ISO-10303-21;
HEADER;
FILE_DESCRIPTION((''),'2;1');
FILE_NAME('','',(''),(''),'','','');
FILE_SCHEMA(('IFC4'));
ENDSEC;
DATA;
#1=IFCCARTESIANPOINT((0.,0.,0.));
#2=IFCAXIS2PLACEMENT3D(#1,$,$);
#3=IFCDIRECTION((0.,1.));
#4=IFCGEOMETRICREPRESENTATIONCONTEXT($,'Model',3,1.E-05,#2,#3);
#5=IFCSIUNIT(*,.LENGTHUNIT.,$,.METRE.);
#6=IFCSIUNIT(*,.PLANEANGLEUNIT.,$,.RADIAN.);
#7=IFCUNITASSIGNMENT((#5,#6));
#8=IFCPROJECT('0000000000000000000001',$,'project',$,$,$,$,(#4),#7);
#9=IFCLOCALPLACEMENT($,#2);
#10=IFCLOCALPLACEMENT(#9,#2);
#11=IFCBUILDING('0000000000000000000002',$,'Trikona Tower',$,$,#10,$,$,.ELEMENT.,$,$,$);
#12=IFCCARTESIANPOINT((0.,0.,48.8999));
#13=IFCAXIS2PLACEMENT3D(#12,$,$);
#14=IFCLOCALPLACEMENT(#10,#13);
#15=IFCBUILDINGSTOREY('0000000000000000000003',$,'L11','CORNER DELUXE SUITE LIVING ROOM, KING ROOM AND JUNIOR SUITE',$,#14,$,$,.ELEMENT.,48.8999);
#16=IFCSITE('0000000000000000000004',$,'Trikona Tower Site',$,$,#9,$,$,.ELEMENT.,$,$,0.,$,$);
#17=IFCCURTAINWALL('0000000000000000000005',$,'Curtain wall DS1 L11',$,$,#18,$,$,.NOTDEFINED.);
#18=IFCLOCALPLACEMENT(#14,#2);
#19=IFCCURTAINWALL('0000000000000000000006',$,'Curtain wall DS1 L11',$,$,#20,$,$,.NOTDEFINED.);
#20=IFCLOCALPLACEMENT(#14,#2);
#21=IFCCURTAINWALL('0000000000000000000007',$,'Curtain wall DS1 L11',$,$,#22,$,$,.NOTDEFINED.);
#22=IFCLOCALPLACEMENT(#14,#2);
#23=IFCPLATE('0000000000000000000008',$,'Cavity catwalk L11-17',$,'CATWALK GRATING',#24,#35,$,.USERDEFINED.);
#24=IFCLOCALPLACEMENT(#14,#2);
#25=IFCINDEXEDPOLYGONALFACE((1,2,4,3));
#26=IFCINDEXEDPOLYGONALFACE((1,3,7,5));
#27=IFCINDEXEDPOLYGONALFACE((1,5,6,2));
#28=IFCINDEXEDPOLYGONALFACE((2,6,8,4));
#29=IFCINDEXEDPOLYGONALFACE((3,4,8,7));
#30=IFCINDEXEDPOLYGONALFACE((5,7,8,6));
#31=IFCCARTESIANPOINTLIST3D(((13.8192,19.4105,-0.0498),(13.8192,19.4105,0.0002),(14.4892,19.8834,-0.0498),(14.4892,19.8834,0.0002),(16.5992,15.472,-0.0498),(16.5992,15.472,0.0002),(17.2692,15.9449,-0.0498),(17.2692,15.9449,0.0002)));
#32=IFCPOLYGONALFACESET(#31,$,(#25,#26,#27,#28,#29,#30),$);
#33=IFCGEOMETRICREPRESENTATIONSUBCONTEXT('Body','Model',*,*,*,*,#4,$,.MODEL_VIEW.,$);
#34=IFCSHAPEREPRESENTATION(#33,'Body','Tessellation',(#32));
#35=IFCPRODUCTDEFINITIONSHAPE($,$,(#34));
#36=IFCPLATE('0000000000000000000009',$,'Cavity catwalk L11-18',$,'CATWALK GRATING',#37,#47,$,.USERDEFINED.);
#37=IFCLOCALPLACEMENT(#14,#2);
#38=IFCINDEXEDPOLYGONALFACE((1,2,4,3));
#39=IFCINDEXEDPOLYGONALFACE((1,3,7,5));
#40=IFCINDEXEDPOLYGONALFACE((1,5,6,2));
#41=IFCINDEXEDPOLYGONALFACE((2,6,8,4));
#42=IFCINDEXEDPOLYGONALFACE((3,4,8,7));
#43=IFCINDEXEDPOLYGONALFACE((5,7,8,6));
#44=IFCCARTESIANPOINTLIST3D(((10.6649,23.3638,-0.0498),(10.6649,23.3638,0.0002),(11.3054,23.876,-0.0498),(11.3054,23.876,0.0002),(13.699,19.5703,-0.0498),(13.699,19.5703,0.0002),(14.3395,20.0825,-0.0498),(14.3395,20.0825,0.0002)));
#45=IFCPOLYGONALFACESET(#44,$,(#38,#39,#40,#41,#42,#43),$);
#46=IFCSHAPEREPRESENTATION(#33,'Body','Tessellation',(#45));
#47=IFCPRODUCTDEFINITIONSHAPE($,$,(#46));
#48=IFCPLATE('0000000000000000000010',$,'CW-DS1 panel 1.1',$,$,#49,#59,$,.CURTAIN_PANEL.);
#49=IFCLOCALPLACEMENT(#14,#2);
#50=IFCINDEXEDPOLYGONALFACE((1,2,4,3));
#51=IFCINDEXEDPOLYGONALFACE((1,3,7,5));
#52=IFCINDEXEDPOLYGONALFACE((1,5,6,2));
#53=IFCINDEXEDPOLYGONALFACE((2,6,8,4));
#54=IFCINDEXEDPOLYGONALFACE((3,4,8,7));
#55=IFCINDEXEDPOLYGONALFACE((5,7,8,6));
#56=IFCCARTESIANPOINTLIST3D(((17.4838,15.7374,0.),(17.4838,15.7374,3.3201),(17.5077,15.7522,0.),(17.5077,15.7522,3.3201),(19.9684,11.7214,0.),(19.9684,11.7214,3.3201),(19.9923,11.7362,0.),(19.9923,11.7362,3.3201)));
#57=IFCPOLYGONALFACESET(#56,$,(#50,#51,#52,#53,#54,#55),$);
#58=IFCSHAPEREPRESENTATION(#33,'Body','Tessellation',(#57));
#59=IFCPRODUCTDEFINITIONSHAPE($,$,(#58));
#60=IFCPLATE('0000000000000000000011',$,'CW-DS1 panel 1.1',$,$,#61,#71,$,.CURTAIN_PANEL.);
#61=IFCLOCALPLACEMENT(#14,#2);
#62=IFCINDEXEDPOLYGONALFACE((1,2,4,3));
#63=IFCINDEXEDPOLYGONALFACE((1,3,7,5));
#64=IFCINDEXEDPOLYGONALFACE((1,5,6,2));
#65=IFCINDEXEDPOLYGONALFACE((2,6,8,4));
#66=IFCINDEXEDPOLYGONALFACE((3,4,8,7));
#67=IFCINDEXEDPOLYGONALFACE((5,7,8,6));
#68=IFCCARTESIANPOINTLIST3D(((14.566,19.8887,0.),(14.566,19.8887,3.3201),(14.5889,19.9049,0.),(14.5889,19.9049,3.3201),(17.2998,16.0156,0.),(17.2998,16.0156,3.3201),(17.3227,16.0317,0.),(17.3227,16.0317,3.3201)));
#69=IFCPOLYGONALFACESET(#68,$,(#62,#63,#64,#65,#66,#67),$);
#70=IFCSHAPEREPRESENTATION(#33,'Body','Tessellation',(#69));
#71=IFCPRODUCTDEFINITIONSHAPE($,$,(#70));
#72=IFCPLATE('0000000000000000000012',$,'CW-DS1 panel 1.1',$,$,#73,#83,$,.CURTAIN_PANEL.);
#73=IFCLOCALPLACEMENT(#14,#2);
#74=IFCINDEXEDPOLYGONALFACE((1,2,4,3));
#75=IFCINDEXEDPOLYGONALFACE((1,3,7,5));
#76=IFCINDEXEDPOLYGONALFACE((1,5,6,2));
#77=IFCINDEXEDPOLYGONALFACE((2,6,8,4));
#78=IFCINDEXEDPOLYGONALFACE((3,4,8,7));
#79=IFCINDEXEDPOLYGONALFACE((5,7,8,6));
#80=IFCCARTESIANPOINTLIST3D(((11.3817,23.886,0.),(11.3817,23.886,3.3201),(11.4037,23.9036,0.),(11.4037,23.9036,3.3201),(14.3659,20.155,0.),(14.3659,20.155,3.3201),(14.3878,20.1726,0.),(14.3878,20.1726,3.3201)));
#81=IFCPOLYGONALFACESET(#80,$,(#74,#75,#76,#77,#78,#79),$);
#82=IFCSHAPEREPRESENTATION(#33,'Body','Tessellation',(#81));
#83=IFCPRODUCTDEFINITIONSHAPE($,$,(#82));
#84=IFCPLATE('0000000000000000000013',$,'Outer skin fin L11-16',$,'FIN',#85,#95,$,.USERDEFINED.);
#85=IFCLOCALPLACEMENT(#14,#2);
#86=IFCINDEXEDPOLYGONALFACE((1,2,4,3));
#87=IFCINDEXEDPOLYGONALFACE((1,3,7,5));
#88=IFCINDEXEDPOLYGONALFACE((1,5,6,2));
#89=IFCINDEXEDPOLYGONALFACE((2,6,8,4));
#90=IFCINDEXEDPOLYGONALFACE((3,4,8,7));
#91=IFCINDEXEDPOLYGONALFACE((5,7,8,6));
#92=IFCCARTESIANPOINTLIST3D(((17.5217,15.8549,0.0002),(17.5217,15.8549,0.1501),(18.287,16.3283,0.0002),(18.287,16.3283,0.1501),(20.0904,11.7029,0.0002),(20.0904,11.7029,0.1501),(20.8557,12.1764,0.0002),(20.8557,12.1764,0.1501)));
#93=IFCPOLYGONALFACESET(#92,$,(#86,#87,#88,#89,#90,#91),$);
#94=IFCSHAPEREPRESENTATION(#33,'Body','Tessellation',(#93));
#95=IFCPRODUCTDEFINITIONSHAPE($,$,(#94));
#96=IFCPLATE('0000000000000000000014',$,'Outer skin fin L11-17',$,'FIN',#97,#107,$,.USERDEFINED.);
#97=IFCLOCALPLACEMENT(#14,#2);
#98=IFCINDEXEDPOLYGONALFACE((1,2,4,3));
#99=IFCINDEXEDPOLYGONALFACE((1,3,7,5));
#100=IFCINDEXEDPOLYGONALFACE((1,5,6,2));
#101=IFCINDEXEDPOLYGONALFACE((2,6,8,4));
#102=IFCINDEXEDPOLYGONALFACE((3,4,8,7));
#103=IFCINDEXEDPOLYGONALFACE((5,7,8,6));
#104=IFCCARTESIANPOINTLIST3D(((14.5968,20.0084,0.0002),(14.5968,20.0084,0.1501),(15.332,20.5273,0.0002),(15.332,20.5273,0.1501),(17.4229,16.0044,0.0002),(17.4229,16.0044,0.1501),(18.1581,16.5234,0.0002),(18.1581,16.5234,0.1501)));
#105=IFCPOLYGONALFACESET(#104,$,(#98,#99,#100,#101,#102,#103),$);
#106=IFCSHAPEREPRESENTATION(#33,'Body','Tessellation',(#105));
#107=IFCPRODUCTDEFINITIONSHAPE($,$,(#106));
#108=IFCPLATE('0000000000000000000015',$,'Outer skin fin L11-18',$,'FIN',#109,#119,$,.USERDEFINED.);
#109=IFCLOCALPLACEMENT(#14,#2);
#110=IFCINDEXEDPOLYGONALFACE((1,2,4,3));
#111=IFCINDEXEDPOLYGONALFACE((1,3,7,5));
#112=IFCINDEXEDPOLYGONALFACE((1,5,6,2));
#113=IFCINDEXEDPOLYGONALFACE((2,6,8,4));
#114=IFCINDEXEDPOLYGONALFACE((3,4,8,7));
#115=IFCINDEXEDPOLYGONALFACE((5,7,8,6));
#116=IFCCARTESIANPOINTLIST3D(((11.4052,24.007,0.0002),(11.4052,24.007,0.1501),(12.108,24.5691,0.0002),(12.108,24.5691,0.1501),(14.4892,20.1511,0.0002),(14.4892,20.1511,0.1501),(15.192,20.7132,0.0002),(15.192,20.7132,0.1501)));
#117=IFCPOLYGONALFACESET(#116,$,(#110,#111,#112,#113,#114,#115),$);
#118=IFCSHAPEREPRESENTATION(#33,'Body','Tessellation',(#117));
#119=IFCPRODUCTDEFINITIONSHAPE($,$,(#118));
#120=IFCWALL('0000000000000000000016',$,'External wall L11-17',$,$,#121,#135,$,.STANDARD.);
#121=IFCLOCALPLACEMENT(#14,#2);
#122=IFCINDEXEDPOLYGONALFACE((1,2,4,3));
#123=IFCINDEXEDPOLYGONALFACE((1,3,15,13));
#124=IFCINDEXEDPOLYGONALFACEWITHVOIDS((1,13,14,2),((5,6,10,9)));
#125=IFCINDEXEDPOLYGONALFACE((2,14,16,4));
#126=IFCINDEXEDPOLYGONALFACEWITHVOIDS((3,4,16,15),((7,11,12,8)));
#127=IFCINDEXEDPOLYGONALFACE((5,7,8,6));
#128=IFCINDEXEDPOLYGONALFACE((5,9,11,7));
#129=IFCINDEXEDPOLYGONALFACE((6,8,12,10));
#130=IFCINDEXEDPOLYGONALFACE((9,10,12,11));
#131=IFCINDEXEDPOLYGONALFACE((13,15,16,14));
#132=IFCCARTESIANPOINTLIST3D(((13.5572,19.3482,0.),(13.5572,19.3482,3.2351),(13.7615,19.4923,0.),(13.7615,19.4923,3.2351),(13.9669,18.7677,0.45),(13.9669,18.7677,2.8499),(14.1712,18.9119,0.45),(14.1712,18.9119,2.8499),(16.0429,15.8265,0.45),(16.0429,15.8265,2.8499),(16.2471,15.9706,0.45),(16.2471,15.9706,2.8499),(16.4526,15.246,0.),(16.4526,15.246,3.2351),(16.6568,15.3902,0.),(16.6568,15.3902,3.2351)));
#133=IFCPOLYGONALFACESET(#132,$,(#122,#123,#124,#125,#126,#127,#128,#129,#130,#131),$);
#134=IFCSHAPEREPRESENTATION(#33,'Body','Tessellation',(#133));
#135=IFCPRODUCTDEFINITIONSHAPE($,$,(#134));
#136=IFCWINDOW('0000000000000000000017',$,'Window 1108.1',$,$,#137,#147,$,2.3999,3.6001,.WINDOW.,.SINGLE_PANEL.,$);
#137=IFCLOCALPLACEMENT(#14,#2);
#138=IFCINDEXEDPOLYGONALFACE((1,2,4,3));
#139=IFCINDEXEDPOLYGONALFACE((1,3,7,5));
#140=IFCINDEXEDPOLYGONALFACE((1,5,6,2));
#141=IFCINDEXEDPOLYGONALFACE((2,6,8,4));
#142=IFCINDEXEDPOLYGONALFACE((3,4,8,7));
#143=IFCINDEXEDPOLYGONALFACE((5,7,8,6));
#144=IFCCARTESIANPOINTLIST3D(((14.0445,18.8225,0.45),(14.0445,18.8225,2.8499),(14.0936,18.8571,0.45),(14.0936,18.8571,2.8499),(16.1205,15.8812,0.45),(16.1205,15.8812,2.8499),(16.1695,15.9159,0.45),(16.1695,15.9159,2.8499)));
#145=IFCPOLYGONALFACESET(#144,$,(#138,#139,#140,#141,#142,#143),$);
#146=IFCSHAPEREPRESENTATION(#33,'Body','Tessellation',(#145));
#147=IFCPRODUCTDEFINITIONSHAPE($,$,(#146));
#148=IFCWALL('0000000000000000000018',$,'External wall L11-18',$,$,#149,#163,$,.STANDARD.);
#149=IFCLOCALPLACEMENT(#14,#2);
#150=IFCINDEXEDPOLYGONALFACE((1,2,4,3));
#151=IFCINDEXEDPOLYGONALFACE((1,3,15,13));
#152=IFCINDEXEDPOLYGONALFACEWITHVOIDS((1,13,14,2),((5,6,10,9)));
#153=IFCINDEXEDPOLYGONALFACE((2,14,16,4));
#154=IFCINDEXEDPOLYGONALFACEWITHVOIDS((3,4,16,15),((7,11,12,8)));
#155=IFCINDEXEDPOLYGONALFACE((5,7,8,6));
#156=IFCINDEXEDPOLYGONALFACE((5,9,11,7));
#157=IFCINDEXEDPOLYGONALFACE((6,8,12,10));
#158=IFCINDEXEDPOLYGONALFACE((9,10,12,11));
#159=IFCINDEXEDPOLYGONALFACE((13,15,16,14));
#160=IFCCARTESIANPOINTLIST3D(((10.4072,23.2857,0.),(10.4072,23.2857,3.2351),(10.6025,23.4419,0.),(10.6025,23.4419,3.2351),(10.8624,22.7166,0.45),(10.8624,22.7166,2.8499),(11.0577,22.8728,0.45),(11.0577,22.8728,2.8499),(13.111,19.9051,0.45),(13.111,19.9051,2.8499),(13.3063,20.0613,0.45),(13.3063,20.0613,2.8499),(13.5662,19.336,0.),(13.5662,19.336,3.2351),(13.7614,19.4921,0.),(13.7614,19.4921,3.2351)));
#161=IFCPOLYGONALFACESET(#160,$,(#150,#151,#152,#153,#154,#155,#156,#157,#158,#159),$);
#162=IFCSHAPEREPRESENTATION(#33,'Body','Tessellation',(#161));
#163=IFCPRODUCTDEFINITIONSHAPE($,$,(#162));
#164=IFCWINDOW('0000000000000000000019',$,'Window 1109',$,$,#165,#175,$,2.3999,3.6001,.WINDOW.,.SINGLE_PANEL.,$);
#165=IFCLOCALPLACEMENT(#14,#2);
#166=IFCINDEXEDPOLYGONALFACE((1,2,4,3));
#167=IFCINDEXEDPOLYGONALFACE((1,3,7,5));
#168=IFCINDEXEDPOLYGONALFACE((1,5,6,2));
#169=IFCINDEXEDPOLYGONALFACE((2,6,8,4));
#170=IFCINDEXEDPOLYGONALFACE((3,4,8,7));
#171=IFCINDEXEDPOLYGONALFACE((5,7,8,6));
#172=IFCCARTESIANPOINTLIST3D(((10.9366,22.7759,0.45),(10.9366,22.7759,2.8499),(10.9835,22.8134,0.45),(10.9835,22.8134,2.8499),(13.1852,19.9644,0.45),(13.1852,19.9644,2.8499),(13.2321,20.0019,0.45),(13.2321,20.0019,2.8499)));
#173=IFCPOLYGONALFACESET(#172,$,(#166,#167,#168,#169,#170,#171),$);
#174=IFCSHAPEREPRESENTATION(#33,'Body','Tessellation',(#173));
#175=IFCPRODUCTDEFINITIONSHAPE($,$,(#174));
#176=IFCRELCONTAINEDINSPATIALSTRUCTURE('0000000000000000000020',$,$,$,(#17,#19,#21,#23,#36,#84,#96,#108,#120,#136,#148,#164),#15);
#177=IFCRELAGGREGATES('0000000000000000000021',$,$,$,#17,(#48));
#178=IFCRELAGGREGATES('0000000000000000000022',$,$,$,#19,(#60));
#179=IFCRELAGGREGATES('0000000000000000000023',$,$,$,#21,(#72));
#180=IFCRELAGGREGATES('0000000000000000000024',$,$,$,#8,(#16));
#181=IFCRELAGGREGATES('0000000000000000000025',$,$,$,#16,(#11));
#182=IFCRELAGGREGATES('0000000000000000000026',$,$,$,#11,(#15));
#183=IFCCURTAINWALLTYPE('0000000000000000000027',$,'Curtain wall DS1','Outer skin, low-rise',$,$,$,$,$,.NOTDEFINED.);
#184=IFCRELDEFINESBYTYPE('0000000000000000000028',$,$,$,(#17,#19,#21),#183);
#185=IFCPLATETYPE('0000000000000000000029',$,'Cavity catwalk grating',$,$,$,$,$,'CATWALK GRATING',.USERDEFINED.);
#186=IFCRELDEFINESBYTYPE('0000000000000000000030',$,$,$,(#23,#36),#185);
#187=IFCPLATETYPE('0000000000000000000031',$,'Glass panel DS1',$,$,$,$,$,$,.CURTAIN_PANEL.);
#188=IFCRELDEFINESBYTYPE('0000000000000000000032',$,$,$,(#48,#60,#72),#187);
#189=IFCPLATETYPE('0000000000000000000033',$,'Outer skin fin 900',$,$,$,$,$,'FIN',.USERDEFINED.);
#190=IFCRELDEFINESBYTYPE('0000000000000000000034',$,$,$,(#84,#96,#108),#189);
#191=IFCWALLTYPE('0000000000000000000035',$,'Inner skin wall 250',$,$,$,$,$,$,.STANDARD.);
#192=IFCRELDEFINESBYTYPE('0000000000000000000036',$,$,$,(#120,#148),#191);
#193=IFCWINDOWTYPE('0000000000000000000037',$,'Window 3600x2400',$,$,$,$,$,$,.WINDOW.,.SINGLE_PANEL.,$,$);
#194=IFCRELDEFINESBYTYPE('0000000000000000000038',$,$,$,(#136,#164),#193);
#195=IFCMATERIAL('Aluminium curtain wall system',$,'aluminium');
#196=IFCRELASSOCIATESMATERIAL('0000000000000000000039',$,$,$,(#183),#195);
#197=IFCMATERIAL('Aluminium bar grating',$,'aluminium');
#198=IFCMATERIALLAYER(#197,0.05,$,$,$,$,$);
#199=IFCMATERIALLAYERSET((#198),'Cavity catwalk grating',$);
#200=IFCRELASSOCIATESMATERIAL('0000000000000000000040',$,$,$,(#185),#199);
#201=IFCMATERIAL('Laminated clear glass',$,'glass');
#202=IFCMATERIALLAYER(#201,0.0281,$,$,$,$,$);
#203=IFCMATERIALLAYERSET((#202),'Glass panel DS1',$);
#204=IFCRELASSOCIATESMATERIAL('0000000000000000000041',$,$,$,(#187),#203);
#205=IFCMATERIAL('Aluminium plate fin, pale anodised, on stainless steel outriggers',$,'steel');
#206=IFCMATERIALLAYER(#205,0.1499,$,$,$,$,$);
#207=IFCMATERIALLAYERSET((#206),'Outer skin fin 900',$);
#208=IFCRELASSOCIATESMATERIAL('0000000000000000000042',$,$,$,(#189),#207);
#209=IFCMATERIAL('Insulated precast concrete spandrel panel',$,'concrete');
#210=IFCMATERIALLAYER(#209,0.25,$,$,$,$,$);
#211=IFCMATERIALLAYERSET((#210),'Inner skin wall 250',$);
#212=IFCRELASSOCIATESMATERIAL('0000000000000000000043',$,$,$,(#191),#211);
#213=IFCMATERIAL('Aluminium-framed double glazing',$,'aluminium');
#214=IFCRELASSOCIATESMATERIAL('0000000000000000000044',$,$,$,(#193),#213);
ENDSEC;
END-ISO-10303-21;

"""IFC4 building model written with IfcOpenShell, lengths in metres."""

from ifc_helpers import new_model, si_unit, direction, frame, frame_2d, origin, origin_2d, place, context, subcontext, project, spatial, rectangle, extrude, material, layer, layer_set, type_object, element, fill, aggregate, save


model = new_model("IFC4")

# Units and contexts
model_context = context("Model", 3, precision=1e-05, world=origin(), true_north=direction((0.0, 1.0)))
body_context = subcontext(model_context, "Body", "Model", "MODEL_VIEW")
ifc_project = project(units=[si_unit("LENGTHUNIT", "METRE"), si_unit("PLANEANGLEUNIT", "RADIAN")], contexts=[model_context])

# Site, building, storey
site_placement = place(None, origin())
site = spatial("IfcSite", under=ifc_project, at=site_placement, Name="Trikona Tower Site", CompositionType="ELEMENT", RefElevation=0.0)
building_placement = place(site_placement, origin())
building = spatial("IfcBuilding", under=site, at=building_placement, Name="Trikona Tower", CompositionType="ELEMENT")
storey_placement = place(building_placement, frame((0.0, 0.0, 48.8999)))
storey = spatial("IfcBuildingStorey", under=building, at=storey_placement, Name="L11", Description="CORNER DELUXE SUITE LIVING ROOM, KING ROOM AND JUNIOR SUITE", CompositionType="ELEMENT", Elevation=48.8999)

# Curtain wall
ifc_material_1 = material(Name="Aluminium curtain wall system", Category="aluminium")
curtain_wall_type = type_object("IfcCurtainWallType", Name="Curtain wall DS1", Description="Outer skin, low-rise", PredefinedType="NOTDEFINED", material=ifc_material_1)
curtain_wall_1_placement = place(storey_placement, origin())
curtain_wall_1 = element("IfcCurtainWall", 1, at=curtain_wall_1_placement, inside=storey, type_object=curtain_wall_type, Name="Curtain wall DS1 L11", PredefinedType="NOTDEFINED")

# Curtain walls
curtain_wall_2_placement = place(storey_placement, origin())
curtain_wall_2 = element("IfcCurtainWall", 2, at=curtain_wall_2_placement, inside=storey, type_object=curtain_wall_type, Name="Curtain wall DS1 L11", PredefinedType="NOTDEFINED")
curtain_wall_3_placement = place(storey_placement, origin())
curtain_wall_3 = element("IfcCurtainWall", 3, at=curtain_wall_3_placement, inside=storey, type_object=curtain_wall_type, Name="Curtain wall DS1 L11", PredefinedType="NOTDEFINED")

# Plates
ifc_material_2 = material(Name="Aluminium bar grating", Category="aluminium")
ifc_layer_1 = layer(ifc_material_2, 0.05)
ifc_layer_set_1 = layer_set([ifc_layer_1], Name="Cavity catwalk grating")
plate_type_1 = type_object("IfcPlateType", Name="Cavity catwalk grating", ElementType="CATWALK GRATING", PredefinedType="USERDEFINED", material=ifc_layer_set_1)
plate_1_placement = place(storey_placement, frame((15.5442, 17.6777, -0.0498), z_axis=(0.0, 0.0, 1.0), x_axis=(-0.576662, 0.816983, 0.0)))
element("IfcPlate", 4, at=plate_1_placement, inside=storey, type_object=plate_type_1, Name="Cavity catwalk L11-17", ObjectType="CATWALK GRATING", PredefinedType="USERDEFINED", context=body_context, shape_type="SweptSolid", body=[
    extrude(rectangle(XDim=4.8208, YDim=0.8201, at=origin_2d()), origin(), (0.0, 0.0, 1.0), 0.05),
])
plate_2_placement = place(storey_placement, frame((12.5022, 21.7231, -0.0498), z_axis=(0.0, 0.0, 1.0), x_axis=(-0.624604, 0.780942, 0.0)))
element("IfcPlate", 5, at=plate_2_placement, inside=storey, type_object=plate_type_1, Name="Cavity catwalk L11-18", ObjectType="CATWALK GRATING", PredefinedType="USERDEFINED", context=body_context, shape_type="SweptSolid", body=[
    extrude(rectangle(XDim=4.8577, YDim=0.8201, at=origin_2d()), origin(), (0.0, 0.0, 1.0), 0.05),
])

# Plates
ifc_material_3 = material(Name="Laminated clear glass", Category="glass")
ifc_layer_2 = layer(ifc_material_3, 0.0281)
ifc_layer_set_2 = layer_set([ifc_layer_2], Name="Glass panel DS1")
plate_type_2 = type_object("IfcPlateType", Name="Glass panel DS1", PredefinedType="CURTAIN_PANEL", material=ifc_layer_set_2)
plate_3_placement = place(storey_placement, frame((18.738, 13.7368, 0.0), z_axis=(0.0, 0.0, 1.0), x_axis=(-0.52612, 0.85041, 0.0)))
plate_3 = element("IfcPlate", 6, at=plate_3_placement, type_object=plate_type_2, Name="CW-DS1 panel 1.1", PredefinedType="CURTAIN_PANEL", context=body_context, shape_type="SweptSolid", body=[
    extrude(rectangle(XDim=4.7224, YDim=0.0281, at=origin_2d()), origin(), (0.0, 0.0, 1.0), 3.3201),
])
aggregate(curtain_wall_1, [plate_3])
plate_4_placement = place(storey_placement, frame((15.9443, 17.9602, 0.0), z_axis=(0.0, 0.0, 1.0), x_axis=(-0.576658, 0.816985, 0.0)))
plate_4 = element("IfcPlate", 7, at=plate_4_placement, type_object=plate_type_2, Name="CW-DS1 panel 1.1", PredefinedType="CURTAIN_PANEL", context=body_context, shape_type="SweptSolid", body=[
    extrude(rectangle(XDim=4.7407, YDim=0.0281, at=origin_2d()), origin(), (0.0, 0.0, 1.0), 3.3201),
])
aggregate(curtain_wall_2, [plate_4])
plate_5_placement = place(storey_placement, frame((12.8848, 22.0293, 0.0), z_axis=(0.0, 0.0, 1.0), x_axis=(-0.624609, 0.780938, 0.0)))
plate_5 = element("IfcPlate", 8, at=plate_5_placement, type_object=plate_type_2, Name="CW-DS1 panel 1.1", PredefinedType="CURTAIN_PANEL", context=body_context, shape_type="SweptSolid", body=[
    extrude(rectangle(XDim=4.7776, YDim=0.0281, at=origin_2d()), origin(), (0.0, 0.0, 1.0), 3.3201),
])
aggregate(curtain_wall_3, [plate_5])

# Plates
ifc_material_4 = material(Name="Aluminium plate fin, pale anodised, on stainless steel outriggers", Category="steel")
ifc_layer_3 = layer(ifc_material_4, 0.1499)
ifc_layer_set_3 = layer_set([ifc_layer_3], Name="Outer skin fin 900")
plate_type_3 = type_object("IfcPlateType", Name="Outer skin fin 900", ElementType="FIN", PredefinedType="USERDEFINED", material=ifc_layer_set_3)
plate_6_placement = place(storey_placement, frame((19.1887, 14.0156, 0.0002), z_axis=(0.0, 0.0, 1.0), x_axis=(-0.526119, 0.850411, 0.0)))
element("IfcPlate", 9, at=plate_6_placement, inside=storey, type_object=plate_type_3, Name="Outer skin fin L11-16", ObjectType="FIN", PredefinedType="USERDEFINED", context=body_context, shape_type="SweptSolid", body=[
    extrude(rectangle(XDim=4.8823, YDim=0.8999, at=origin_2d()), origin(), (0.0, 0.0, 1.0), 0.1499),
])
plate_7_placement = place(storey_placement, frame((16.3774, 18.2659, 0.0002), z_axis=(0.0, 0.0, 1.0), x_axis=(-0.576662, 0.816983, 0.0)))
element("IfcPlate", 10, at=plate_7_placement, inside=storey, type_object=plate_type_3, Name="Outer skin fin L11-17", ObjectType="FIN", PredefinedType="USERDEFINED", context=body_context, shape_type="SweptSolid", body=[
    extrude(rectangle(XDim=4.9009, YDim=0.8999, at=origin_2d()), origin(), (0.0, 0.0, 1.0), 0.1499),
])
plate_8_placement = place(storey_placement, frame((13.2986, 22.3601, 0.0002), z_axis=(0.0, 0.0, 1.0), x_axis=(-0.624604, 0.780942, 0.0)))
element("IfcPlate", 11, at=plate_8_placement, inside=storey, type_object=plate_type_3, Name="Outer skin fin L11-18", ObjectType="FIN", PredefinedType="USERDEFINED", context=body_context, shape_type="SweptSolid", body=[
    extrude(rectangle(XDim=4.9375, YDim=0.8999, at=origin_2d()), origin(), (0.0, 0.0, 1.0), 0.1499),
])

# Walls, openings, windows
ifc_material_5 = material(Name="Insulated precast concrete spandrel panel", Category="concrete")
ifc_layer_4 = layer(ifc_material_5, 0.25)
ifc_layer_set_4 = layer_set([ifc_layer_4], Name="Inner skin wall 250")
wall_type = type_object("IfcWallType", Name="Inner skin wall 250", PredefinedType="STANDARD", material=ifc_layer_set_4)
wall_1_placement = place(storey_placement, frame((16.5547, 15.3181, 0.0), z_axis=(0.0, 0.0, 1.0), x_axis=(-0.576643, 0.816996, 0.0)))
wall_1 = element("IfcWall", 12, at=wall_1_placement, inside=storey, type_object=wall_type, Name="External wall L11-17", PredefinedType="STANDARD", context=body_context, shape_type="SweptSolid", body=[
    extrude(rectangle(XDim=5.021, YDim=0.25, at=frame_2d((2.5105, 0.0))), origin(), (0.0, 0.0, 1.0), 3.2351),
])
opening_1_placement = place(wall_1_placement, frame((0.7104, 0.0, 0.45)))
opening_1 = element("IfcOpeningElement", 13, at=opening_1_placement, cuts=wall_1, PredefinedType="OPENING", context=body_context, shape_type="SweptSolid", body=[
    extrude(rectangle(XDim=3.6001, YDim=2.3999, at=frame_2d((1.8, 1.2))), frame((0.0, 0.135, 0.0), z_axis=(0.0, -1.0, 0.0), x_axis=(1.0, 0.0, 0.0)), (0.0, 0.0, 1.0), 0.27),
])
ifc_material_6 = material(Name="Aluminium-framed double glazing", Category="aluminium")
window_type = type_object("IfcWindowType", Name="Window 3600x2400", PartitioningType="SINGLE_PANEL", PredefinedType="WINDOW", material=ifc_material_6)
window_1_placement = place(opening_1_placement, origin())
window_1 = element("IfcWindow", 14, at=window_1_placement, inside=storey, type_object=window_type, Name="Window 1108.1", OverallHeight=2.3999, OverallWidth=3.6001, PartitioningType="SINGLE_PANEL", PredefinedType="WINDOW", context=body_context, shape_type="SweptSolid", body=[
    extrude(rectangle(XDim=3.6001, YDim=2.3999, at=frame_2d((1.8, 1.2))), frame((0.0, 0.03, 0.0), z_axis=(0.0, -1.0, 0.0), x_axis=(1.0, 0.0, 0.0)), (0.0, 0.0, 1.0), 0.0601),
])
fill(opening_1, window_1)
wall_2_placement = place(storey_placement, frame((13.6638, 19.4141, 0.0), z_axis=(0.0, 0.0, 1.0), x_axis=(-0.624595, 0.780949, 0.0)))
wall_2 = element("IfcWall", 15, at=wall_2_placement, inside=storey, type_object=wall_type, Name="External wall L11-18", PredefinedType="STANDARD", context=body_context, shape_type="SweptSolid", body=[
    extrude(rectangle(XDim=5.0576, YDim=0.25, at=frame_2d((2.5288, 0.0))), origin(), (0.0, 0.0, 1.0), 3.2351),
])
opening_2_placement = place(wall_2_placement, frame((0.7288, 0.0, 0.45)))
opening_2 = element("IfcOpeningElement", 16, at=opening_2_placement, cuts=wall_2, PredefinedType="OPENING", context=body_context, shape_type="SweptSolid", body=[
    extrude(rectangle(XDim=3.6001, YDim=2.3999, at=frame_2d((1.8, 1.2))), frame((0.0, 0.135, 0.0), z_axis=(0.0, -1.0, 0.0), x_axis=(1.0, 0.0, 0.0)), (0.0, 0.0, 1.0), 0.27),
])
window_2_placement = place(opening_2_placement, origin())
window_2 = element("IfcWindow", 17, at=window_2_placement, inside=storey, type_object=window_type, Name="Window 1109", OverallHeight=2.3999, OverallWidth=3.6001, PartitioningType="SINGLE_PANEL", PredefinedType="WINDOW", context=body_context, shape_type="SweptSolid", body=[
    extrude(rectangle(XDim=3.6001, YDim=2.3999, at=frame_2d((1.8, 1.2))), frame((0.0, 0.03, 0.0), z_axis=(0.0, -1.0, 0.0), x_axis=(1.0, 0.0, 0.0)), (0.0, 0.0, 1.0), 0.0601),
])
fill(opening_2, window_2)

save(model, "model.ifc")
